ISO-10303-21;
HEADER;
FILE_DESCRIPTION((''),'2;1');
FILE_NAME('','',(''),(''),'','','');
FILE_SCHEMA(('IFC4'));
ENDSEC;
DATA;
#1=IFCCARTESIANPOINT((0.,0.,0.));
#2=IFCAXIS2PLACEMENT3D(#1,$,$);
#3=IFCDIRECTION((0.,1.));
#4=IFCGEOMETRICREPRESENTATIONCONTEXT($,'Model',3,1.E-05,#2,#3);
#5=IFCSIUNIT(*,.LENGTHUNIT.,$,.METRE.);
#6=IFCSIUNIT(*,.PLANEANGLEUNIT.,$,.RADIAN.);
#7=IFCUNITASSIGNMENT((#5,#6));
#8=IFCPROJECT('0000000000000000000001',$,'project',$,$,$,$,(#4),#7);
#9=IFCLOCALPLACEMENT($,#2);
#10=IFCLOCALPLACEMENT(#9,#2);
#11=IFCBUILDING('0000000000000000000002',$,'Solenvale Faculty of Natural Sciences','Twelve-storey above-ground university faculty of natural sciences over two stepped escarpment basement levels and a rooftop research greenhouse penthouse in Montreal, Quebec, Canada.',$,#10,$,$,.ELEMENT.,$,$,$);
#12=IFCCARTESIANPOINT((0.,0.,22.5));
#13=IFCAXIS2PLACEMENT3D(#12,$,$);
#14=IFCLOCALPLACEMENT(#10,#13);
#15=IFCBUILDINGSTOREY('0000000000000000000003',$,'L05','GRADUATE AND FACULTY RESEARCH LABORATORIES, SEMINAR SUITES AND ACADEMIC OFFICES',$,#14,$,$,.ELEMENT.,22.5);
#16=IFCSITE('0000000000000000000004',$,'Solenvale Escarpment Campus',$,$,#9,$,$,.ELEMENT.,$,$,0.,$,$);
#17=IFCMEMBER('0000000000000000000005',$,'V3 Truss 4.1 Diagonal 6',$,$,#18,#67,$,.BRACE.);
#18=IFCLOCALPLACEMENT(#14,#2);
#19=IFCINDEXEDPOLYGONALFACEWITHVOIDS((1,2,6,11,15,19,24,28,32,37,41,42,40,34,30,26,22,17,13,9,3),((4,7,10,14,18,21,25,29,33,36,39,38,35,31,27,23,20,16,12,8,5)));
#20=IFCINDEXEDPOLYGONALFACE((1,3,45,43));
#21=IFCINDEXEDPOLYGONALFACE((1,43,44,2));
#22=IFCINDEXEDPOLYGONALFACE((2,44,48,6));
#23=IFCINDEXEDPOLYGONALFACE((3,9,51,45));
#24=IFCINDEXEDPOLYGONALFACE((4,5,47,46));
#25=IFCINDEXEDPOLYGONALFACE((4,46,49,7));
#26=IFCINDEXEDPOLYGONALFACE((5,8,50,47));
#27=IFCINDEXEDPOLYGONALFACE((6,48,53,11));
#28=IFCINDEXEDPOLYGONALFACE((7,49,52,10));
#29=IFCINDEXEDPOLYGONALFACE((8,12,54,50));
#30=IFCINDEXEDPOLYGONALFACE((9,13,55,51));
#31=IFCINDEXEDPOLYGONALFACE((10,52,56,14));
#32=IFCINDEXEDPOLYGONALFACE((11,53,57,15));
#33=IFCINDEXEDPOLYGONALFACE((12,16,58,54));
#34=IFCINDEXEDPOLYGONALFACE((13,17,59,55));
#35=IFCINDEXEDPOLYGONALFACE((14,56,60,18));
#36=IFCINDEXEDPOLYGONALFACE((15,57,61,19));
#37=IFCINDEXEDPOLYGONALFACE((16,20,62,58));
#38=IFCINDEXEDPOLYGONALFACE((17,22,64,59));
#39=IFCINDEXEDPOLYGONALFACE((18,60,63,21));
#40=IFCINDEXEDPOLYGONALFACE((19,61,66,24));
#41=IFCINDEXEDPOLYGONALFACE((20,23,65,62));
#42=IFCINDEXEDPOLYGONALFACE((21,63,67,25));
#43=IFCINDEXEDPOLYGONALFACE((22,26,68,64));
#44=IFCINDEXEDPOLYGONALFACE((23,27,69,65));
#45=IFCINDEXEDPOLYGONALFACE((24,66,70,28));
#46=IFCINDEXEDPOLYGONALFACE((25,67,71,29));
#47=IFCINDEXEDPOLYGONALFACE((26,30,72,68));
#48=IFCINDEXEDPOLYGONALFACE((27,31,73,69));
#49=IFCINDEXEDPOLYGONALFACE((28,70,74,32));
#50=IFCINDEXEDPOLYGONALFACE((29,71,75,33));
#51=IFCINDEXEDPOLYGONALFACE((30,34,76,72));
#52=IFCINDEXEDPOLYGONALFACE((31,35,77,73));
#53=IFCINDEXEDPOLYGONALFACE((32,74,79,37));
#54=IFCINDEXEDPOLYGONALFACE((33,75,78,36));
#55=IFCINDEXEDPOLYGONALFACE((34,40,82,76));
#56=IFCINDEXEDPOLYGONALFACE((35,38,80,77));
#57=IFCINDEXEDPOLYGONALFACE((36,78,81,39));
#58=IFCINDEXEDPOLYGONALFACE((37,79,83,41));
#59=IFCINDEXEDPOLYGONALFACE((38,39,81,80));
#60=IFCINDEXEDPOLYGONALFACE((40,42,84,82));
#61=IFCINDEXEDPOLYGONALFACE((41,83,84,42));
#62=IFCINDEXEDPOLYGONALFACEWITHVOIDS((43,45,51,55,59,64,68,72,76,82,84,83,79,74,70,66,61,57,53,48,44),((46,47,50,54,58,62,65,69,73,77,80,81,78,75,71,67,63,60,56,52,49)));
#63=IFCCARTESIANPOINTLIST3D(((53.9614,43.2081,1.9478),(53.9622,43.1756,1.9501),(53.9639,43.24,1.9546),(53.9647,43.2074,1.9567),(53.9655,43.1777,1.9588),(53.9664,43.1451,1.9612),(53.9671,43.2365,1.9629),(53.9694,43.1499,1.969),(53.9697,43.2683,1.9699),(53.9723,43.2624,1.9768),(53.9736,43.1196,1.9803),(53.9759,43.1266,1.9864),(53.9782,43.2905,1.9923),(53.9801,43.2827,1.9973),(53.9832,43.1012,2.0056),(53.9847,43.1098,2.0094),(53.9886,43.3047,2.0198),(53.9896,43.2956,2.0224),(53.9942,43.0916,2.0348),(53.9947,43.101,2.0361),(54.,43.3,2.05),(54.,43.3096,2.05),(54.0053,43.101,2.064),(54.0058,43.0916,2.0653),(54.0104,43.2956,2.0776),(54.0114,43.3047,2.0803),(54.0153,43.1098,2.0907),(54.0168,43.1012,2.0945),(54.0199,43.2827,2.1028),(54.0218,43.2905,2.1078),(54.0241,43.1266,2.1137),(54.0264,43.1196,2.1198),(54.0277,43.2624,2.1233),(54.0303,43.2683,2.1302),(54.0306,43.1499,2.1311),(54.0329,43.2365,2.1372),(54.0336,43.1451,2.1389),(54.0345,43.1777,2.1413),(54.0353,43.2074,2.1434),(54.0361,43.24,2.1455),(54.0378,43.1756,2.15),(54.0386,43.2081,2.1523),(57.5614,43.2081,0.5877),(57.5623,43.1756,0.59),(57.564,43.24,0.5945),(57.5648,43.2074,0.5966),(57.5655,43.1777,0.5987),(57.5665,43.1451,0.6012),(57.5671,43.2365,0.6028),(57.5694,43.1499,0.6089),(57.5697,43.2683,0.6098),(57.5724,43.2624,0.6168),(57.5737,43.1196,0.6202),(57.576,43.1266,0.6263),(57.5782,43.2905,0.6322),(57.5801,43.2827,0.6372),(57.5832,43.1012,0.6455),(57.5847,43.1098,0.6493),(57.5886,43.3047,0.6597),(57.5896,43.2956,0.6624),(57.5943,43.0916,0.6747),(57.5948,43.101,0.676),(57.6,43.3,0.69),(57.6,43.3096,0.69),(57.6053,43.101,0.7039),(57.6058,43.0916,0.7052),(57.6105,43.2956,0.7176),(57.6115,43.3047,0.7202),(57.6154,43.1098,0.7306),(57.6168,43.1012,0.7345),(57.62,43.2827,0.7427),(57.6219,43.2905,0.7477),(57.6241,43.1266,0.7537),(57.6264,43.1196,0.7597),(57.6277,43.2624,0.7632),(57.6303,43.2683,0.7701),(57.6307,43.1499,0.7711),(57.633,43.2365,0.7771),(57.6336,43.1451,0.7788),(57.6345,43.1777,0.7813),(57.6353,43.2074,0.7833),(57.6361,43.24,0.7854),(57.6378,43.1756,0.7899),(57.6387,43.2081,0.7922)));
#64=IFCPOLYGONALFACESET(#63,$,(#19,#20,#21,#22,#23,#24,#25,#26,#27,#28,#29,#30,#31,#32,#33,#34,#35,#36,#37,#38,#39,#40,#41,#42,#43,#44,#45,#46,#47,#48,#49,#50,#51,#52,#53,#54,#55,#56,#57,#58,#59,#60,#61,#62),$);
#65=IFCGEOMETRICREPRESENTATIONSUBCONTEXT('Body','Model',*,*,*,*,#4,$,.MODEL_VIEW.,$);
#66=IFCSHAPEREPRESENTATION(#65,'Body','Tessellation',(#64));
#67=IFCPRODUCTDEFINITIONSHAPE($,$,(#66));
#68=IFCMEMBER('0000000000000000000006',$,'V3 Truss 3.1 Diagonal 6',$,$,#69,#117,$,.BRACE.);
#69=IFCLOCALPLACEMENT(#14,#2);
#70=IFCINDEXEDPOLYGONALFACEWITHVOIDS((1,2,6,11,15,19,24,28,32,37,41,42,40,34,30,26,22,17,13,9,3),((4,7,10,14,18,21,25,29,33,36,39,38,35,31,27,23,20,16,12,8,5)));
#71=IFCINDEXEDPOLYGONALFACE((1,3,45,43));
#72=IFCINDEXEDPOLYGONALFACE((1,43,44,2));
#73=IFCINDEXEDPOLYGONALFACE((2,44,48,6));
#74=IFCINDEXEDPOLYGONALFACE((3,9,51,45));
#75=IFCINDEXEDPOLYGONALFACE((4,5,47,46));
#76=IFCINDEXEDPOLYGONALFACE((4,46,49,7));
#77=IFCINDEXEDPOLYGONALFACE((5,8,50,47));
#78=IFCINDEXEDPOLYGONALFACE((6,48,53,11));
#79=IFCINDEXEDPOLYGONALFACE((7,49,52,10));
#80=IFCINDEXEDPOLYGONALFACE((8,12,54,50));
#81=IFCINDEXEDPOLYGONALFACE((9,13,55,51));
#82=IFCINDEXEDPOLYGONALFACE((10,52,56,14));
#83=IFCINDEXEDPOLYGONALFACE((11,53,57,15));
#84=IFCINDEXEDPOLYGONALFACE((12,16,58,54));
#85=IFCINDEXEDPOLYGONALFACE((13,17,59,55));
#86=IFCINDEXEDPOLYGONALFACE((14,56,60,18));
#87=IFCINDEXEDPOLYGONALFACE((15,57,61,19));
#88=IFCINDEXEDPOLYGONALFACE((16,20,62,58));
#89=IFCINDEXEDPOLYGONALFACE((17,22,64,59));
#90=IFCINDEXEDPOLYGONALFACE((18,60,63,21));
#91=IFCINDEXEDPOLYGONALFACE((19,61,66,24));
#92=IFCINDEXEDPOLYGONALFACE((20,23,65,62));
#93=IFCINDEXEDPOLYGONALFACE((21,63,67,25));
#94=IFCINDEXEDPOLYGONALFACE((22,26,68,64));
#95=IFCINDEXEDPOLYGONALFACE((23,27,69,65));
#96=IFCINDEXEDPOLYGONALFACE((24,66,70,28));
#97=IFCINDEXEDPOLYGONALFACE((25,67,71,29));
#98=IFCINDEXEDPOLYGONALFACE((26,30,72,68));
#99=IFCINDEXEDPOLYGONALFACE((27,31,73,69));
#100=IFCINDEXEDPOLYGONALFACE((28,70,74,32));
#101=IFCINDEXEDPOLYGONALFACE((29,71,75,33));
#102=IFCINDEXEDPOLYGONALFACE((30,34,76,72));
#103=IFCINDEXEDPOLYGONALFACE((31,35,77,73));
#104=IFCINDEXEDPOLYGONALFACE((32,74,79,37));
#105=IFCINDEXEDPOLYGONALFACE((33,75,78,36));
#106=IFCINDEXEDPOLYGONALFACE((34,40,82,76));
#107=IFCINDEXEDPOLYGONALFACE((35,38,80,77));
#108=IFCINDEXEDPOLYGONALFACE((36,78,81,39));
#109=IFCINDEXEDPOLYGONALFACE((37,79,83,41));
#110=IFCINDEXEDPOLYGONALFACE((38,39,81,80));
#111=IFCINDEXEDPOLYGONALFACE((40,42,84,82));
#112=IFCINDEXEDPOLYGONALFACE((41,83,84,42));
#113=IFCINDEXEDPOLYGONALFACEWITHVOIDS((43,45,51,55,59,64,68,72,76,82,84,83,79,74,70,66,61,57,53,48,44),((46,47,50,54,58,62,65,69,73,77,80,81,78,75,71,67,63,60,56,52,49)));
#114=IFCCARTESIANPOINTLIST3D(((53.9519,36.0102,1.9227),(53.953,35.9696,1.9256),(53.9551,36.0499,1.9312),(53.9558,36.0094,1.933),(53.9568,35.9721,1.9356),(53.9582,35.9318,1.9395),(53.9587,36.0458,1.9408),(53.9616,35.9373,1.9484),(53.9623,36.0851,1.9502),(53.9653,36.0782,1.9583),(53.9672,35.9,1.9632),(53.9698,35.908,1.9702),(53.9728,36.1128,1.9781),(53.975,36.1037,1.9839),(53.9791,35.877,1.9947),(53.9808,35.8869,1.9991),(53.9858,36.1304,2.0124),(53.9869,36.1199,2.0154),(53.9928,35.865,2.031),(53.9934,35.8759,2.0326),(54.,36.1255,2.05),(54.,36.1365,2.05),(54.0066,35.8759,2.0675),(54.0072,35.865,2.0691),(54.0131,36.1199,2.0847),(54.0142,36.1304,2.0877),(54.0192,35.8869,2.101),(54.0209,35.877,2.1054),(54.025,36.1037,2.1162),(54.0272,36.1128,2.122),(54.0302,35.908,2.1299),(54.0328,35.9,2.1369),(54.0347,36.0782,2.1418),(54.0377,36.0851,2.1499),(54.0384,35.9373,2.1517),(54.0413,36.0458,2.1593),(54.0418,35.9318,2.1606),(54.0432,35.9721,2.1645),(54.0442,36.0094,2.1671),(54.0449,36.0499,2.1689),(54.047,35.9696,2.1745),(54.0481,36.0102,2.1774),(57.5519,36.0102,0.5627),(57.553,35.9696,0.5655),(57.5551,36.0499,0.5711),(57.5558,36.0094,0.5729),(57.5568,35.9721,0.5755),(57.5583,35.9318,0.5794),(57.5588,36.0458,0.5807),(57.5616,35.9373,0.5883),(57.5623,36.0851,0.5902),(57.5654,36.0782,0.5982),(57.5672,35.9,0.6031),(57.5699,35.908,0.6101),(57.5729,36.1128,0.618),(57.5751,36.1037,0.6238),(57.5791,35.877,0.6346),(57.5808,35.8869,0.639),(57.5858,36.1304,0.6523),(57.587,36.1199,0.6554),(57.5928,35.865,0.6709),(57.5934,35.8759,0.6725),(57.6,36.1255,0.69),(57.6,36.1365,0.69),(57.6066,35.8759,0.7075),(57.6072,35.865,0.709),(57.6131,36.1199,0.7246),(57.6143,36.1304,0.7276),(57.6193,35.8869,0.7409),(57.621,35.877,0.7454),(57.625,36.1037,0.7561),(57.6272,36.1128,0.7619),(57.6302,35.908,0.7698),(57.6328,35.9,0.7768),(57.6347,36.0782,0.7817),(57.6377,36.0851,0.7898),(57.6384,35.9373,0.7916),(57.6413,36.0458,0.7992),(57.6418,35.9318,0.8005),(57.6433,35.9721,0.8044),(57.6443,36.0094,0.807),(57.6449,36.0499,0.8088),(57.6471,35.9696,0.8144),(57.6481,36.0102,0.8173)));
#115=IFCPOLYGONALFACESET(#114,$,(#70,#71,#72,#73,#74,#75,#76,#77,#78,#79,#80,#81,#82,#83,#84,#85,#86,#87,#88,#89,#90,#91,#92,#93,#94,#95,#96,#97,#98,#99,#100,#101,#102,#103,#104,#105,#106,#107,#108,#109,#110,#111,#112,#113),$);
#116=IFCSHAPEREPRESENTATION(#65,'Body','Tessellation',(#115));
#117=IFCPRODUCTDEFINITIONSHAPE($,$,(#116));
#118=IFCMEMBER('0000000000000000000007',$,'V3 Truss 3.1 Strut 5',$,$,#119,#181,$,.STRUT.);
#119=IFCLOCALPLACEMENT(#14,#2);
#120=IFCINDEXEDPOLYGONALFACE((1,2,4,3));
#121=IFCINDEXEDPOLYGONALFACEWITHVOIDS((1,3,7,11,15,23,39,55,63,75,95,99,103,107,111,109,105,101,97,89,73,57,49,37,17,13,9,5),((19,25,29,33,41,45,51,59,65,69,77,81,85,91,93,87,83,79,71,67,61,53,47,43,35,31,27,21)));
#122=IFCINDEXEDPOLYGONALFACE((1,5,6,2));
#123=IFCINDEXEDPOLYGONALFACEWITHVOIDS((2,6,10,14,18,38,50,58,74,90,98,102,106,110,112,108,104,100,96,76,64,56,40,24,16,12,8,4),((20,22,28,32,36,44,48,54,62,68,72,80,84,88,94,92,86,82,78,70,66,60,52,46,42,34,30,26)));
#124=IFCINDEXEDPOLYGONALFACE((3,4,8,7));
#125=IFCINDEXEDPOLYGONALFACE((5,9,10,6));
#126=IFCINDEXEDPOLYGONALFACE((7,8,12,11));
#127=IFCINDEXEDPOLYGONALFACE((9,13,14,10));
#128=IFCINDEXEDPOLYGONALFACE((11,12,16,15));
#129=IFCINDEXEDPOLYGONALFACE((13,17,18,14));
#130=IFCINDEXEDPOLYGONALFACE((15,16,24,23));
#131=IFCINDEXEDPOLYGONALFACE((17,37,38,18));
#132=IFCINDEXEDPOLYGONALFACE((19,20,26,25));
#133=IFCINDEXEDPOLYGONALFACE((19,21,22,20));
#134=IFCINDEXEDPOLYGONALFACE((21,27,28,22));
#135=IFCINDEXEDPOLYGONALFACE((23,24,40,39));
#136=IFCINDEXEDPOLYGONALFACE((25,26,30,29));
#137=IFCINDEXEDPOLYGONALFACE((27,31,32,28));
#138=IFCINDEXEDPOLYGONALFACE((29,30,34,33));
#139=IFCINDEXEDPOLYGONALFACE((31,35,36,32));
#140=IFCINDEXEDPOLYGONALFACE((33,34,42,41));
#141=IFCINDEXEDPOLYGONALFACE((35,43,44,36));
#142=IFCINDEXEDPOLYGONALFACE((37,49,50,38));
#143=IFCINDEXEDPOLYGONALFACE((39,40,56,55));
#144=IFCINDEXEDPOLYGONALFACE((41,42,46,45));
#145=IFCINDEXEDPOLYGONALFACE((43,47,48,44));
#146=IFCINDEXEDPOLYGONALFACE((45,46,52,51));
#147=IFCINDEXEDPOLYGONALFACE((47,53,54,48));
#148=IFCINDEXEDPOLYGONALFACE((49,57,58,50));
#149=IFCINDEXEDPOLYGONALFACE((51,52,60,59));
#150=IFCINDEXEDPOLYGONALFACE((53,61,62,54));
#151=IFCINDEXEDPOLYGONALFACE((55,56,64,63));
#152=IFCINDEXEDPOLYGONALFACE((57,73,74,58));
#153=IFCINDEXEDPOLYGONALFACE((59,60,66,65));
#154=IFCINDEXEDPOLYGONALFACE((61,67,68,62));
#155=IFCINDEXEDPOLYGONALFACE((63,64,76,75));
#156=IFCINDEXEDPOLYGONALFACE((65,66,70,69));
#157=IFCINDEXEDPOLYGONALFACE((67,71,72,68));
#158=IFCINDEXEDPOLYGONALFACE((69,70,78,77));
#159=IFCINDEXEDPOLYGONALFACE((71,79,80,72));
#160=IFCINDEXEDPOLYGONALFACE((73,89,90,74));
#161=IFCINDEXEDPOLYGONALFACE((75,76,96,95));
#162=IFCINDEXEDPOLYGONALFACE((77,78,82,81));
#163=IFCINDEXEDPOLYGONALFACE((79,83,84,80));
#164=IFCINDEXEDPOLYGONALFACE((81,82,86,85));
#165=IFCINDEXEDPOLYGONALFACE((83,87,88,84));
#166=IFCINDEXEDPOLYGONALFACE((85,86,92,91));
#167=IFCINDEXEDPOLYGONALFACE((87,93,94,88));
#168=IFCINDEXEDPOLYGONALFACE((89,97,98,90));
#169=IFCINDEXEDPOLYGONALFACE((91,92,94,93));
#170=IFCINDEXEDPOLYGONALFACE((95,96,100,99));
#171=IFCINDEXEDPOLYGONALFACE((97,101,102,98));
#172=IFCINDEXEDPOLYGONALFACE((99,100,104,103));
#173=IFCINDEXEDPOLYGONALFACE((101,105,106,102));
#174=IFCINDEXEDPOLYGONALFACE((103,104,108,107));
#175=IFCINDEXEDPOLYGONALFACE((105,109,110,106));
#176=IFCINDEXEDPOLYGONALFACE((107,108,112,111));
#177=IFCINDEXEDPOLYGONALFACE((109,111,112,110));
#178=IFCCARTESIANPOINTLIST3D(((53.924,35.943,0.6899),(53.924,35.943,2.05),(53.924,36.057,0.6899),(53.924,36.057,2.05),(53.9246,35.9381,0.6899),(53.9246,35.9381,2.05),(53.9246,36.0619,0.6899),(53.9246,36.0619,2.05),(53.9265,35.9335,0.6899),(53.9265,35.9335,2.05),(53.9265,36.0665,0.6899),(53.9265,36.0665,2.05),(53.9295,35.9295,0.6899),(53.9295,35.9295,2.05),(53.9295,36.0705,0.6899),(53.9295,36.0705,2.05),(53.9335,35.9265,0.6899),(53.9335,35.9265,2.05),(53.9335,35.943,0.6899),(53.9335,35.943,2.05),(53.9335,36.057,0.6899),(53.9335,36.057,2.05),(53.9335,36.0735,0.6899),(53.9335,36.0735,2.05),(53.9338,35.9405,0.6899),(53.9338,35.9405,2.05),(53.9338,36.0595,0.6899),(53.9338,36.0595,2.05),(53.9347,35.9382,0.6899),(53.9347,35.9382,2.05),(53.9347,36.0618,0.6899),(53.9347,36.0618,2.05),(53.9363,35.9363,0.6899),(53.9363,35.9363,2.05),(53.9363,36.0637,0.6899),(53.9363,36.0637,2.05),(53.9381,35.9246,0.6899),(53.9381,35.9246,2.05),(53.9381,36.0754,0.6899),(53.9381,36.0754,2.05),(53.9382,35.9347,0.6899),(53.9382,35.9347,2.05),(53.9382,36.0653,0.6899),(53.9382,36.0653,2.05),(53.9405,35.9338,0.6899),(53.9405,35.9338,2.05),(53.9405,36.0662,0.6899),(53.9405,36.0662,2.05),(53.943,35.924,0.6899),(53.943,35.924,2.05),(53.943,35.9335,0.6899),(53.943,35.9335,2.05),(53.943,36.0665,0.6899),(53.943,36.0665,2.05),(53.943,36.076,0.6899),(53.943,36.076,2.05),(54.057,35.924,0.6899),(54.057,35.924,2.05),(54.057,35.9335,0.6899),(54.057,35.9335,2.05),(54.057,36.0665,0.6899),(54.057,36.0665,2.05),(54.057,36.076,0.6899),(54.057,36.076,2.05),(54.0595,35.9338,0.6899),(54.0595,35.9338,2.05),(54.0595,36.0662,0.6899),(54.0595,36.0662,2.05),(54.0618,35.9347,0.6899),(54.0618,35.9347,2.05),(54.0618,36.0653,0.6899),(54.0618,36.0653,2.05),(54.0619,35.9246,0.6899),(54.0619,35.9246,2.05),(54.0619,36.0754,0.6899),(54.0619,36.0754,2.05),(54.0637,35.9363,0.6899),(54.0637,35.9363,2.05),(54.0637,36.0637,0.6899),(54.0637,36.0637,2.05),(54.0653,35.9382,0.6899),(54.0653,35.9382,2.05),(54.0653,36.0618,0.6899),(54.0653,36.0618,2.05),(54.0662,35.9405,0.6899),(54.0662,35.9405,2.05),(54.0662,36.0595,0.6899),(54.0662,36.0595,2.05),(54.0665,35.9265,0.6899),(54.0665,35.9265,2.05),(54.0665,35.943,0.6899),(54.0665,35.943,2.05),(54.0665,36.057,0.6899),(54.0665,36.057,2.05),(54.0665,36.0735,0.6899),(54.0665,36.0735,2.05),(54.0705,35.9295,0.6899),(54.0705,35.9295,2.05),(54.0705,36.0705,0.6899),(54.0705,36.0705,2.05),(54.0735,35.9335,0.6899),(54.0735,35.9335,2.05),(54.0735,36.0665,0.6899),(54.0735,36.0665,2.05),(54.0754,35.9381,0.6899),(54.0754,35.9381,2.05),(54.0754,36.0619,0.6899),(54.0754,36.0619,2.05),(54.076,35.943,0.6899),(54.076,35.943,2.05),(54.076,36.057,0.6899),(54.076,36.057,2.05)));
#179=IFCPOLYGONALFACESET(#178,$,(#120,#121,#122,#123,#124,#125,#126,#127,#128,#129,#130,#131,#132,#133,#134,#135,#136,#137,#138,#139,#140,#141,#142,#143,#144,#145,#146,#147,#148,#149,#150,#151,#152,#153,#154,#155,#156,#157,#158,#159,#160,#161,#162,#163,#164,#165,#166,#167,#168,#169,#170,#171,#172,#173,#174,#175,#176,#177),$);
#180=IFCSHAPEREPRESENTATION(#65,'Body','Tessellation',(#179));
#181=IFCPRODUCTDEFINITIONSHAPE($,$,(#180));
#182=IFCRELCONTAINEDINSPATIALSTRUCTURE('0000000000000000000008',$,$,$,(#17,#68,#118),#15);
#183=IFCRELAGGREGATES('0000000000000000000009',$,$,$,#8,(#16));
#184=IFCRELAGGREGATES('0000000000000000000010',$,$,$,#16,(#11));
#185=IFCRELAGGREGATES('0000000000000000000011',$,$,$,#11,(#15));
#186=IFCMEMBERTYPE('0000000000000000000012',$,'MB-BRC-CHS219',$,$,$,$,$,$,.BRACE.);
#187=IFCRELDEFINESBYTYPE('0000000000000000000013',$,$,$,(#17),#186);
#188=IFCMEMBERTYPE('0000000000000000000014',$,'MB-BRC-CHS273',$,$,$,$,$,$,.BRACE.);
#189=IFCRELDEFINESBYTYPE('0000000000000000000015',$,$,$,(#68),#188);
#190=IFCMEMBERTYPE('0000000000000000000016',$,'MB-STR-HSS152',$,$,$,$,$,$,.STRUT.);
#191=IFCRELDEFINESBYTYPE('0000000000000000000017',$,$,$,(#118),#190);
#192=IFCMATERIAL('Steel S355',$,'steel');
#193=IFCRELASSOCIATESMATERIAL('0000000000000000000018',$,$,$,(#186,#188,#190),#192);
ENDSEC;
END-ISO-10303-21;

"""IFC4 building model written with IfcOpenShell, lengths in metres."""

from ifc_helpers import new_model, si_unit, direction, frame, origin, origin_2d, place, context, subcontext, project, spatial, hollow_rectangle, hollow_circle, extrude, material, material_profile, profile_set, type_object, element, save


model = new_model("IFC4")

# Units and contexts
model_context = context("Model", 3, precision=1e-05, world=origin(), true_north=direction((0.0, 1.0)))
body_context = subcontext(model_context, "Body", "Model", "MODEL_VIEW")
ifc_project = project(units=[si_unit("LENGTHUNIT", "METRE"), si_unit("PLANEANGLEUNIT", "RADIAN")], contexts=[model_context])

# Site, building, storey
site_placement = place(None, origin())
site = spatial("IfcSite", under=ifc_project, at=site_placement, Name="Solenvale Escarpment Campus", CompositionType="ELEMENT", RefElevation=0.0)
building_placement = place(site_placement, origin())
building = spatial("IfcBuilding", under=site, at=building_placement, Name="Solenvale Faculty of Natural Sciences", Description="Twelve-storey above-ground university faculty of natural sciences over two stepped escarpment basement levels and a rooftop research greenhouse penthouse in Montreal, Quebec, Canada.", CompositionType="ELEMENT")
storey_placement = place(building_placement, frame((0.0, 0.0, 22.5)))
storey = spatial("IfcBuildingStorey", under=building, at=storey_placement, Name="L05", Description="GRADUATE AND FACULTY RESEARCH LABORATORIES, SEMINAR SUITES AND ACADEMIC OFFICES", CompositionType="ELEMENT", Elevation=22.5)

# Shared definitions
ifc_material_1 = material(Name="Steel S355", Category="steel")

# Members
ifc_material_profile_1 = material_profile(ifc_material_1, hollow_circle(Radius=0.1096, WallThickness=0.0095, at=origin_2d()), Name="HSS219x9.5")
ifc_profile_set_1 = profile_set([ifc_material_profile_1], Name="Steel S355")
member_type_1 = type_object("IfcMemberType", Name="MB-BRC-CHS219", PredefinedType="BRACE", material=ifc_profile_set_1)
member_1_placement = place(storey_placement, frame((54.0, 43.2, 2.05), z_axis=(0.935466, 0.0, -0.353417), x_axis=(0.0, 1.0, 0.0)))
element("IfcMember", 1, at=member_1_placement, inside=storey, type_object=member_type_1, Name="V3 Truss 4.1 Diagonal 6", PredefinedType="BRACE", context=body_context, shape_type="SweptSolid", body=[
    extrude(hollow_circle(Radius=0.1096, WallThickness=0.0095, at=origin_2d()), origin(), (0.0, 0.0, 1.0), 3.8484),
])
ifc_material_profile_2 = material_profile(ifc_material_1, hollow_circle(Radius=0.1365, WallThickness=0.011, at=origin_2d()), Name="HSS273x11")
ifc_profile_set_2 = profile_set([ifc_material_profile_2], Name="Steel S355")
member_type_2 = type_object("IfcMemberType", Name="MB-BRC-CHS273", PredefinedType="BRACE", material=ifc_profile_set_2)
member_2_placement = place(storey_placement, frame((54.0, 36.0, 2.05), z_axis=(0.935466, 0.0, -0.353417), x_axis=(0.0, 1.0, 0.0)))
element("IfcMember", 2, at=member_2_placement, inside=storey, type_object=member_type_2, Name="V3 Truss 3.1 Diagonal 6", PredefinedType="BRACE", context=body_context, shape_type="SweptSolid", body=[
    extrude(hollow_circle(Radius=0.1365, WallThickness=0.011, at=origin_2d()), origin(), (0.0, 0.0, 1.0), 3.8484),
])
ifc_material_profile_3 = material_profile(ifc_material_1, hollow_rectangle(XDim=0.1521, YDim=0.1521, WallThickness=0.0095, InnerFilletRadius=0.0095, OuterFilletRadius=0.019, at=origin_2d()), Name="HSS152x152x9.5")
ifc_profile_set_3 = profile_set([ifc_material_profile_3], Name="Steel S355")
member_type_3 = type_object("IfcMemberType", Name="MB-STR-HSS152", PredefinedType="STRUT", material=ifc_profile_set_3)
for number, where, z_axis, x_axis, name in (
    (3, (54.0, 36.0, 0.6899), (0.0, 0.0, 1.0), (1.0, 0.0, 0.0), "V3 Truss 3.1 Strut 5"),
):
    element("IfcMember", number, at=place(storey_placement, frame(where, z_axis=z_axis, x_axis=x_axis)), inside=storey, type_object=member_type_3, Name=name, PredefinedType="STRUT", context=body_context, shape_type="SweptSolid", body=[
        extrude(hollow_rectangle(XDim=0.1521, YDim=0.1521, WallThickness=0.0095, InnerFilletRadius=0.0095, OuterFilletRadius=0.019, at=origin_2d()), origin(), (0.0, 0.0, 1.0), 1.3601),
    ])

save(model, "model.ifc")
